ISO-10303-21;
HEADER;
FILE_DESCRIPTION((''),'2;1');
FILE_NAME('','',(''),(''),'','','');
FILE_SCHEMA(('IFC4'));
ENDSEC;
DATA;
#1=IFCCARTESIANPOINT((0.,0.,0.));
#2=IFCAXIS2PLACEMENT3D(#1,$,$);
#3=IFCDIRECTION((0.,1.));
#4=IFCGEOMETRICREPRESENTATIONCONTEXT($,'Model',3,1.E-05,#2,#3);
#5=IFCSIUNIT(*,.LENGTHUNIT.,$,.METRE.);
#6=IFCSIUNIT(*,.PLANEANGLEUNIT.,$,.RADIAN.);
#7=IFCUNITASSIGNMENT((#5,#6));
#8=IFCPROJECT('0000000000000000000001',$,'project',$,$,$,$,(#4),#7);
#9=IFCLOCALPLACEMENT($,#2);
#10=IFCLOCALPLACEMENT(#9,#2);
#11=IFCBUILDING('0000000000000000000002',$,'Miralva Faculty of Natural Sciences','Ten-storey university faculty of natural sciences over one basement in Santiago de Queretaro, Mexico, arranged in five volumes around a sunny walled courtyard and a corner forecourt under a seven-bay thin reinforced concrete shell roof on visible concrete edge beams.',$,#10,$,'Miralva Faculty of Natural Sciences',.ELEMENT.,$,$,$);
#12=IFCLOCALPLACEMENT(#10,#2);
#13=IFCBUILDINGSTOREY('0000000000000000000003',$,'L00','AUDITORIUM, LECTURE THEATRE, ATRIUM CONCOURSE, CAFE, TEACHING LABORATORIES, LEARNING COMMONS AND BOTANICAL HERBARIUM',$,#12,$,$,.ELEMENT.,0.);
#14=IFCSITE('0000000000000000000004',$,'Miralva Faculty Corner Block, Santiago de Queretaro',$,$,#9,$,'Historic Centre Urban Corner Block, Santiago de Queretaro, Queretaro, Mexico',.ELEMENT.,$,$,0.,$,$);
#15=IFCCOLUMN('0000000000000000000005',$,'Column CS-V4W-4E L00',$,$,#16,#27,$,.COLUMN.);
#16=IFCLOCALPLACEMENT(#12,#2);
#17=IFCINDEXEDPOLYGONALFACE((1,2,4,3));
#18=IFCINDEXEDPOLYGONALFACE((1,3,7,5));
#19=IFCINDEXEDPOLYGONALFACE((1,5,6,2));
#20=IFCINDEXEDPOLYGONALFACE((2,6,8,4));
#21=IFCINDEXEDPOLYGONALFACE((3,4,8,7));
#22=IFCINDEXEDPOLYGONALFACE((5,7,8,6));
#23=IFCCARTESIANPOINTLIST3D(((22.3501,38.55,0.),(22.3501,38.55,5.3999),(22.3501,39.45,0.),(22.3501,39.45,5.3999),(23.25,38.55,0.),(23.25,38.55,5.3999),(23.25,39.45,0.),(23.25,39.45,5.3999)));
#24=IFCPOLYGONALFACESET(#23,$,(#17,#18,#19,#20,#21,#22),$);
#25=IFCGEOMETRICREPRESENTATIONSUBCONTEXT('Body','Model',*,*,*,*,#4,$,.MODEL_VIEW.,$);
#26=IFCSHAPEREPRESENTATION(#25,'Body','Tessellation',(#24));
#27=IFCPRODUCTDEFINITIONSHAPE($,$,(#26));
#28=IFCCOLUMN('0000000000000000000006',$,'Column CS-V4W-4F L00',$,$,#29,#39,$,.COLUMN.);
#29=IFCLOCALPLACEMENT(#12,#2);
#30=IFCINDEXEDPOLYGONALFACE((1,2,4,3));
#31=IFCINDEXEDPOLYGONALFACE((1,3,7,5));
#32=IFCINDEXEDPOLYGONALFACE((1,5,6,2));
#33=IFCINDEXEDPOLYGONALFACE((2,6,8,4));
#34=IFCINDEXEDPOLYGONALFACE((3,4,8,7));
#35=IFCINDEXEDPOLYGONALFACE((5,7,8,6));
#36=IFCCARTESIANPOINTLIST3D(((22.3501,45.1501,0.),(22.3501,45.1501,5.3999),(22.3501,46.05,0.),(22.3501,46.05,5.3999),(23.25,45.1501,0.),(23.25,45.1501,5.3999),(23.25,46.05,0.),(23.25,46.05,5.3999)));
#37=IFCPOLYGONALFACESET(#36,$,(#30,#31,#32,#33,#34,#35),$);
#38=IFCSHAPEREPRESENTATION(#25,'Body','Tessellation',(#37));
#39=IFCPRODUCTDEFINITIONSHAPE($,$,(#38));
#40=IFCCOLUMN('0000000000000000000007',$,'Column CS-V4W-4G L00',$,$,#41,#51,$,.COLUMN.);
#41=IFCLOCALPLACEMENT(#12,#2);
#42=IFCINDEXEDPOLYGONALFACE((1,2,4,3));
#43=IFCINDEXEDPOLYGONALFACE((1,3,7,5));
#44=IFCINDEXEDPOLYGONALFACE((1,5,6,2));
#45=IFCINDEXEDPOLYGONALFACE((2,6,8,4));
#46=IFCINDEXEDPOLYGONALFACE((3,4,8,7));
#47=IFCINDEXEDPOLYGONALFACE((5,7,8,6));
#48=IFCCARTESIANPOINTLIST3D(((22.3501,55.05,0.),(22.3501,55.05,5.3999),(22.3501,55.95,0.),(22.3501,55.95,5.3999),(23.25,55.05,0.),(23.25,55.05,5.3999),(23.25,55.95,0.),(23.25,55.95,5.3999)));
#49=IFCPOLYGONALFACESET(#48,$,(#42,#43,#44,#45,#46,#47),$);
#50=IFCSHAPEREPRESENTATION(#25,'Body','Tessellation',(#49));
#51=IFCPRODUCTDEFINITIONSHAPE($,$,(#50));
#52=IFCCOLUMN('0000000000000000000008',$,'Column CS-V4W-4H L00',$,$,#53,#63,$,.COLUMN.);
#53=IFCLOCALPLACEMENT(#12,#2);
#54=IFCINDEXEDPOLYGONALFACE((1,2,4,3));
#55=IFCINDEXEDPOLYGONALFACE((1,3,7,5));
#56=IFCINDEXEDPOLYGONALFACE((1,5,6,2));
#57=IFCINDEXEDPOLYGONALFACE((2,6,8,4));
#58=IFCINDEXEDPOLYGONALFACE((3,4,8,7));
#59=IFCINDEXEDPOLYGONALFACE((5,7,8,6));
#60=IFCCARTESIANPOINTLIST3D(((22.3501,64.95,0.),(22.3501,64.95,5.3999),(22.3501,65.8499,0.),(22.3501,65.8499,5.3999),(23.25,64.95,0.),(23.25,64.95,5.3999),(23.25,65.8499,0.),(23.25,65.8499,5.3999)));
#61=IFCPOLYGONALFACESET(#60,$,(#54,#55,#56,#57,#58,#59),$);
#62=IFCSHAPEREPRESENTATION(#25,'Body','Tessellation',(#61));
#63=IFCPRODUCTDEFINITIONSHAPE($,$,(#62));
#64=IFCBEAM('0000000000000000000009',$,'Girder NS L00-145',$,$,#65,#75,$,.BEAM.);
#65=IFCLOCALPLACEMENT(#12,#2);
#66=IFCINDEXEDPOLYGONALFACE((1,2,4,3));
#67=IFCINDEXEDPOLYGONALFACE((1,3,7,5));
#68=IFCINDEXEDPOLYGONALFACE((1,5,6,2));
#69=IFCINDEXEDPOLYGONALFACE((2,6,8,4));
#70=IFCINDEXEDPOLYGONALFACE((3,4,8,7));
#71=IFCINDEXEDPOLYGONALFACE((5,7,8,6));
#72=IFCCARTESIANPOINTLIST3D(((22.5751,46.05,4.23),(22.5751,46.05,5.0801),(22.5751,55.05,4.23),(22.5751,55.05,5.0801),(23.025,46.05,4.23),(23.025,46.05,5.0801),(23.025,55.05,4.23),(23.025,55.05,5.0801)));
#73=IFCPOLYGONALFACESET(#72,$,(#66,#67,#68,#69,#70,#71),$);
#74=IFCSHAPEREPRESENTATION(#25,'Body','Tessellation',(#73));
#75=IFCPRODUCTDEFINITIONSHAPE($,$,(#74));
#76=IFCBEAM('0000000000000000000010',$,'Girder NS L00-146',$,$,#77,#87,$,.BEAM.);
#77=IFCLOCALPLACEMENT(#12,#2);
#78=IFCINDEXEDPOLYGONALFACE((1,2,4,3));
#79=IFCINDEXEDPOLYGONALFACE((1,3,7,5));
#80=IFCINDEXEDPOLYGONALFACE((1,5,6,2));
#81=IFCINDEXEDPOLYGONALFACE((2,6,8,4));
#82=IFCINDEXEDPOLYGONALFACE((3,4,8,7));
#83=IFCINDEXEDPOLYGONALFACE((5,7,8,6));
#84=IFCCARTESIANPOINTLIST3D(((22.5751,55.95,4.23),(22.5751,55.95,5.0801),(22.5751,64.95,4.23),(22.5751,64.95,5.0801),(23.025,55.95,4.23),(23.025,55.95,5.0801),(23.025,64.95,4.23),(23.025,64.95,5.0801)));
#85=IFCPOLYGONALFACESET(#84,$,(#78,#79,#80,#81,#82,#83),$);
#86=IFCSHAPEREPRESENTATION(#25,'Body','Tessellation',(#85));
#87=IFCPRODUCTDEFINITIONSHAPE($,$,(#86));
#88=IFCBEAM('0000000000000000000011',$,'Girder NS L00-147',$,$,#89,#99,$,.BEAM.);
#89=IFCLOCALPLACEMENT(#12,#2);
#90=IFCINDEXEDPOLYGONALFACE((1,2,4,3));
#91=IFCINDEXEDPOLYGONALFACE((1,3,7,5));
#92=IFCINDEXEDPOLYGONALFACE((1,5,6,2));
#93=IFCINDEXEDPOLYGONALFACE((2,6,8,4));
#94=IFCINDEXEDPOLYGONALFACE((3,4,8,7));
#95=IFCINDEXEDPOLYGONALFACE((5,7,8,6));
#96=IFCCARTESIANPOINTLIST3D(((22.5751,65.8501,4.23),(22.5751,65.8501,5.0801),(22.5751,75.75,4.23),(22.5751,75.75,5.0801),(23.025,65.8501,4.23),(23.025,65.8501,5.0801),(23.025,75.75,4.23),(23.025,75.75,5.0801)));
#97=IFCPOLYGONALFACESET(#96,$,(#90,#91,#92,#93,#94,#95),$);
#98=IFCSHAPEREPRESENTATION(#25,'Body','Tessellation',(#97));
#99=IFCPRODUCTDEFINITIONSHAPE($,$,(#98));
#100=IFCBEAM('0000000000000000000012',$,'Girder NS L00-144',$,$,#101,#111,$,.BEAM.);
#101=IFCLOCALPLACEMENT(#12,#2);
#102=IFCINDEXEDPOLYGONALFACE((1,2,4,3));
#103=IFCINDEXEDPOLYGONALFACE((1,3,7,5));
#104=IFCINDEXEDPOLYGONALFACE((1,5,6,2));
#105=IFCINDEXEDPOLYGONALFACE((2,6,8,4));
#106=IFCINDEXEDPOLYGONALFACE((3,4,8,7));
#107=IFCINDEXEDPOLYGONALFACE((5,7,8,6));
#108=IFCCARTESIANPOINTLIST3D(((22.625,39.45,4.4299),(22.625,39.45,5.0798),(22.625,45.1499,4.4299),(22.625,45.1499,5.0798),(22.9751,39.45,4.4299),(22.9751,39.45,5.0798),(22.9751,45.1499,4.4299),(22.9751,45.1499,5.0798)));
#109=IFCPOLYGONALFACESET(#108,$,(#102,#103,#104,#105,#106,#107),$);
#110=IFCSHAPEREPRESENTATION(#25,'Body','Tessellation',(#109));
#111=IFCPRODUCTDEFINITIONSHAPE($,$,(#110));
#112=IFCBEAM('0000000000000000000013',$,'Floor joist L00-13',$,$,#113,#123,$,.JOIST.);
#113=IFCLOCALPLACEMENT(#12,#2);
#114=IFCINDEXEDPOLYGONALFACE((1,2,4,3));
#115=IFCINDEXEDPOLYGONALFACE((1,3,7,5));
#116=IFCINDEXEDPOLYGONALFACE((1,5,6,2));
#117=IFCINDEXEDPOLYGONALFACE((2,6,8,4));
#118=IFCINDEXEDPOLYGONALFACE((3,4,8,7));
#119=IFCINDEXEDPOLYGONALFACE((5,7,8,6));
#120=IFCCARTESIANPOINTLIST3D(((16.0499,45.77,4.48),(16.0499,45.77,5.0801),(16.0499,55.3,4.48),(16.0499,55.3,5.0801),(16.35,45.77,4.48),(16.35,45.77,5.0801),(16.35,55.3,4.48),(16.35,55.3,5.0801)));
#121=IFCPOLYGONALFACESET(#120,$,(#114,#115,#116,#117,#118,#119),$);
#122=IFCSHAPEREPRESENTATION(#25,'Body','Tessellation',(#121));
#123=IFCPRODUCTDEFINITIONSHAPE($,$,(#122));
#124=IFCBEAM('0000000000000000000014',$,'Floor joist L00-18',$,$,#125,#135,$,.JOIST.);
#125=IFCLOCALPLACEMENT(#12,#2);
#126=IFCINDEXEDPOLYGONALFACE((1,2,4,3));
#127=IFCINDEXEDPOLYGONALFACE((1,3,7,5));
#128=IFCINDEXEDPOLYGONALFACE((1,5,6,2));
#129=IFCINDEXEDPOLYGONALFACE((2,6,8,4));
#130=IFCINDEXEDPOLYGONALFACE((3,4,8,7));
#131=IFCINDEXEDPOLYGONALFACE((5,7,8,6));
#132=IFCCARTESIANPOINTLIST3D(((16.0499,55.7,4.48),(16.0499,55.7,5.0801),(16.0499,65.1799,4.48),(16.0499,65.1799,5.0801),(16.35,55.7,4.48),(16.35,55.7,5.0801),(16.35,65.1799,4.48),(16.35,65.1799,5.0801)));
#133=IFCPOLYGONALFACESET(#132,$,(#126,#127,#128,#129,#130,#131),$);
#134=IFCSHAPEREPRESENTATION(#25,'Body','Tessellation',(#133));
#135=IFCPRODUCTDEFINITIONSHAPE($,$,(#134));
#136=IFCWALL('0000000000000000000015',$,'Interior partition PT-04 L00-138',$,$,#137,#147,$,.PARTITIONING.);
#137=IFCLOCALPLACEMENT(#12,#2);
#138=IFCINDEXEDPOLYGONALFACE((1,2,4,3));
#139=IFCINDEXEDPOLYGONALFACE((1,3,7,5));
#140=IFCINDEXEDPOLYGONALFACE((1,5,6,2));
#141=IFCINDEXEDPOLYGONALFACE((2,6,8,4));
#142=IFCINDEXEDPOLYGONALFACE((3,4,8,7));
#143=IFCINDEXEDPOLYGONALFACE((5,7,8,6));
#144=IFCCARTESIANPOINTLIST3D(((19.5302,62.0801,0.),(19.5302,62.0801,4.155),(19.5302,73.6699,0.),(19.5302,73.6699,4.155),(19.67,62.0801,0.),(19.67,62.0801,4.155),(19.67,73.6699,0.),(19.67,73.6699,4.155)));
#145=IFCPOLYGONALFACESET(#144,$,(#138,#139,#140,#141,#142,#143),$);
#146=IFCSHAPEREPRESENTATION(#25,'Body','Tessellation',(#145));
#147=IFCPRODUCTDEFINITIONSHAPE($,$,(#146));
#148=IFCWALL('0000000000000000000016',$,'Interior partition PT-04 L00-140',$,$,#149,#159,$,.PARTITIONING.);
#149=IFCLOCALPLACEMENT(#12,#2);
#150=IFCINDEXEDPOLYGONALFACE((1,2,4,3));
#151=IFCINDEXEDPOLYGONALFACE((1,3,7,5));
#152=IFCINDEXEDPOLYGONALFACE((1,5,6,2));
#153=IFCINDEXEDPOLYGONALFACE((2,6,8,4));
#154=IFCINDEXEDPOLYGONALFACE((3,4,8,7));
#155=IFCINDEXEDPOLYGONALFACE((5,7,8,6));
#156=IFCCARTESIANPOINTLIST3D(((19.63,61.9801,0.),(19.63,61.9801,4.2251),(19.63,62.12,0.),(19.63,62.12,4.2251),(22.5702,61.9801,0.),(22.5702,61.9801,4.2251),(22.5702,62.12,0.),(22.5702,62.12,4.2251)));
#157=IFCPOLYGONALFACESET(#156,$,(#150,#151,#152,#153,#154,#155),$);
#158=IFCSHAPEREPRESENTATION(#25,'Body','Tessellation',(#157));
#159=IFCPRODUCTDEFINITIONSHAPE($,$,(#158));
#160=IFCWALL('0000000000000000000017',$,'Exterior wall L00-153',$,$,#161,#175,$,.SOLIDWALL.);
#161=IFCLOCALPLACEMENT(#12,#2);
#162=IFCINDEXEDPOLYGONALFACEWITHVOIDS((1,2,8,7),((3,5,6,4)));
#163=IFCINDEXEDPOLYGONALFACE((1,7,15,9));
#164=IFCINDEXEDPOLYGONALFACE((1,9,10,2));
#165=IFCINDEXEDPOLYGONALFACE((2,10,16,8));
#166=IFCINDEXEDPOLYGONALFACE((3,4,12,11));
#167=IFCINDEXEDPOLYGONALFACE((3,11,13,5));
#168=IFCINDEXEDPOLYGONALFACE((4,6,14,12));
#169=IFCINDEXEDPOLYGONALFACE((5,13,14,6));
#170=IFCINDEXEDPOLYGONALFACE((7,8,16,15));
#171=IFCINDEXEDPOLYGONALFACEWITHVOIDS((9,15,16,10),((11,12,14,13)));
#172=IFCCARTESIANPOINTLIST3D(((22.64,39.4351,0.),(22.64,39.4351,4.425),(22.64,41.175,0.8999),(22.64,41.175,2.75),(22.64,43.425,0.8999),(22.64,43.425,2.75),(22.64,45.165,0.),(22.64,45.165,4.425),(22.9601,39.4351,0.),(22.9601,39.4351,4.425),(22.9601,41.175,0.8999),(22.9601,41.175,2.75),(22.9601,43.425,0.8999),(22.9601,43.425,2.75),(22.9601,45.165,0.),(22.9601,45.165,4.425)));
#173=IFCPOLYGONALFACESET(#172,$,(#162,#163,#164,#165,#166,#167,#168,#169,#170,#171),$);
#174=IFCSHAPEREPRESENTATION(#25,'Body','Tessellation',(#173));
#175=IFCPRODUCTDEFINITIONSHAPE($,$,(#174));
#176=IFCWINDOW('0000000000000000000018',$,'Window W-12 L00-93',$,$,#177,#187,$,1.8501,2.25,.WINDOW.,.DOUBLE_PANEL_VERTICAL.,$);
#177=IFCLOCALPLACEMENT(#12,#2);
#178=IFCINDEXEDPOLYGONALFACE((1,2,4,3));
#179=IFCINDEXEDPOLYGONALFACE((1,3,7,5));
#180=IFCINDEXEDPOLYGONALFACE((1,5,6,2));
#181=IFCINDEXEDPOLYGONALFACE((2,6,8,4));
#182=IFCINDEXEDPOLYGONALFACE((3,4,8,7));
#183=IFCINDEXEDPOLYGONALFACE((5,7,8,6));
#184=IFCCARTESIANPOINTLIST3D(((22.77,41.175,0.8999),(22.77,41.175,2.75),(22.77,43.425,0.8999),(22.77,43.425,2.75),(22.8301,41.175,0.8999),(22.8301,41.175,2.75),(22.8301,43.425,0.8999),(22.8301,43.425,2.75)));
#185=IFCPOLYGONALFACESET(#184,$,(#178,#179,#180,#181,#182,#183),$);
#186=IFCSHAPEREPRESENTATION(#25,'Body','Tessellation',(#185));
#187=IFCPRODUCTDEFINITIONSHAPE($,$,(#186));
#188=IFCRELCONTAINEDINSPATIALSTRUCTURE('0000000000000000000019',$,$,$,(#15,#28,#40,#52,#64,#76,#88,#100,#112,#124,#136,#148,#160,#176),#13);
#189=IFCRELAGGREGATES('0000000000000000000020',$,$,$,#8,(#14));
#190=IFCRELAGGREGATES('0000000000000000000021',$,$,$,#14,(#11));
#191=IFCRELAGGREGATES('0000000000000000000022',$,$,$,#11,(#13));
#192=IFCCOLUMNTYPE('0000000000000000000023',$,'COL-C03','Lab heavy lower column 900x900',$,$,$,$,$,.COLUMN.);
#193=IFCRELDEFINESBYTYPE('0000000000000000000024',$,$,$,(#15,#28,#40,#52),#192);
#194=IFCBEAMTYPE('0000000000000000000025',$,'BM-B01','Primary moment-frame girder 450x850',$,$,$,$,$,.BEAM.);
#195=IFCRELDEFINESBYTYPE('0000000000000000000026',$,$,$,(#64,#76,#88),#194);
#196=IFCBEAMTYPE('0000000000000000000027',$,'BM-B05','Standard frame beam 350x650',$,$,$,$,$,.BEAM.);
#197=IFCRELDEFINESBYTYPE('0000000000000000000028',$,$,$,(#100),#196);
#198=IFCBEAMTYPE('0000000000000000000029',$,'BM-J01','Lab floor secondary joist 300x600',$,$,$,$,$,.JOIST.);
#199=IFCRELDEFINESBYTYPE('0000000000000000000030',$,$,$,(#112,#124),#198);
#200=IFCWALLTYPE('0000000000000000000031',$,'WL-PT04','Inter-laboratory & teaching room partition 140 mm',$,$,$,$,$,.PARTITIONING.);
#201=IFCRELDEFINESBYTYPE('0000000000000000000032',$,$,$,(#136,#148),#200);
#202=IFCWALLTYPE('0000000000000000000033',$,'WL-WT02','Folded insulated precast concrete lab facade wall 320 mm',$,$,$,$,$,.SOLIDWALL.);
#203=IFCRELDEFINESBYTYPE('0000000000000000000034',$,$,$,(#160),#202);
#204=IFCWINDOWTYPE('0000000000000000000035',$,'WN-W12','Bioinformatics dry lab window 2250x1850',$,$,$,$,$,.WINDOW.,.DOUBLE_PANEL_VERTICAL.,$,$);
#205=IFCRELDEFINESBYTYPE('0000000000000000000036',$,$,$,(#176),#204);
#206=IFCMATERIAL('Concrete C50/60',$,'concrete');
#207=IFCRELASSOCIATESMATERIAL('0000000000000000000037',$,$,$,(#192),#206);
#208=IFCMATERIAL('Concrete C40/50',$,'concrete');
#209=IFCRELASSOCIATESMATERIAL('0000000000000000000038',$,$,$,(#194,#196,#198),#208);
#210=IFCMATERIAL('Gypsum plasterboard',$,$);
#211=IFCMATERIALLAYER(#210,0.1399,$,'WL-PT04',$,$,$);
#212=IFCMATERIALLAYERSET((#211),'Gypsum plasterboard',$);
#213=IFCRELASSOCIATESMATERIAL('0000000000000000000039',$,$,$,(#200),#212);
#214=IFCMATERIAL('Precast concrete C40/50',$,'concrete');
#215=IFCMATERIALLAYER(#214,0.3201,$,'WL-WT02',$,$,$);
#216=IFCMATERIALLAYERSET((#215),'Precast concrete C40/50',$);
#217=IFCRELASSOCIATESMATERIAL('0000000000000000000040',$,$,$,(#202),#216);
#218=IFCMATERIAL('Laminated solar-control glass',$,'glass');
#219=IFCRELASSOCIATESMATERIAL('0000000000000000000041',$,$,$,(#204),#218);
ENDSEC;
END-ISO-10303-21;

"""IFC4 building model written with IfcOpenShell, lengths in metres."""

from ifc_helpers import new_model, si_unit, direction, frame, frame_2d, origin, origin_2d, place, context, subcontext, project, spatial, rectangle, extrude, material, layer, layer_set, material_profile, profile_set, type_object, element, fill, save


model = new_model("IFC4")

# Units and contexts
model_context = context("Model", 3, precision=1e-05, world=origin(), true_north=direction((0.0, 1.0)))
body_context = subcontext(model_context, "Body", "Model", "MODEL_VIEW")
ifc_project = project(units=[si_unit("LENGTHUNIT", "METRE"), si_unit("PLANEANGLEUNIT", "RADIAN")], contexts=[model_context])

# Site, building, storey
site_placement = place(None, origin())
site = spatial("IfcSite", under=ifc_project, at=site_placement, Name="Miralva Faculty Corner Block, Santiago de Queretaro", LongName="Historic Centre Urban Corner Block, Santiago de Queretaro, Queretaro, Mexico", CompositionType="ELEMENT", RefElevation=0.0)
building_placement = place(site_placement, origin())
building = spatial("IfcBuilding", under=site, at=building_placement, Name="Miralva Faculty of Natural Sciences", Description="Ten-storey university faculty of natural sciences over one basement in Santiago de Queretaro, Mexico, arranged in five volumes around a sunny walled courtyard and a corner forecourt under a seven-bay thin reinforced concrete shell roof on visible concrete edge beams.", LongName="Miralva Faculty of Natural Sciences", CompositionType="ELEMENT")
storey_placement = place(building_placement, origin())
storey = spatial("IfcBuildingStorey", under=building, at=storey_placement, Name="L00", Description="AUDITORIUM, LECTURE THEATRE, ATRIUM CONCOURSE, CAFE, TEACHING LABORATORIES, LEARNING COMMONS AND BOTANICAL HERBARIUM", CompositionType="ELEMENT", Elevation=0.0)

# Columns
ifc_material_1 = material(Name="Concrete C50/60", Category="concrete")
ifc_material_profile_1 = material_profile(ifc_material_1, rectangle(XDim=0.8999, YDim=0.8999, at=origin_2d()), Name="RC 900x900")
ifc_profile_set_1 = profile_set([ifc_material_profile_1], Name="Concrete C50/60")
column_type = type_object("IfcColumnType", Name="COL-C03", Description="Lab heavy lower column 900x900", PredefinedType="COLUMN", material=ifc_profile_set_1)
for number, where, z_axis, x_axis, name in (
    (1, (22.8, 39.0, 0.0), (0.0, 0.0, 1.0), (1.0, 0.0, 0.0), "Column CS-V4W-4E L00"),
    (2, (22.8, 45.6001, 0.0), (0.0, 0.0, 1.0), (1.0, 0.0, 0.0), "Column CS-V4W-4F L00"),
    (3, (22.8, 55.5, 0.0), (0.0, 0.0, 1.0), (1.0, 0.0, 0.0), "Column CS-V4W-4G L00"),
    (4, (22.8, 65.3999, 0.0), (0.0, 0.0, 1.0), (1.0, 0.0, 0.0), "Column CS-V4W-4H L00"),
):
    element("IfcColumn", number, at=place(storey_placement, frame(where, z_axis=z_axis, x_axis=x_axis)), inside=storey, type_object=column_type, Name=name, PredefinedType="COLUMN", context=body_context, shape_type="SweptSolid", body=[
        extrude(rectangle(XDim=0.8999, YDim=0.8999, at=origin_2d()), origin(), (0.0, 0.0, 1.0), 5.3999),
    ])

# Beams
ifc_material_2 = material(Name="Concrete C40/50", Category="concrete")
ifc_material_profile_2 = material_profile(ifc_material_2, rectangle(XDim=0.45, YDim=0.8501, at=origin_2d()), Name="RC 450x850")
ifc_profile_set_2 = profile_set([ifc_material_profile_2], Name="Concrete C40/50")
beam_type_1 = type_object("IfcBeamType", Name="BM-B01", Description="Primary moment-frame girder 450x850", PredefinedType="BEAM", material=ifc_profile_set_2)
for number, where, z_axis, x_axis, name in (
    (5, (22.8, 46.05, 4.655), (0.0, 1.0, 0.0), (-1.0, 0.0, 0.0), "Girder NS L00-145"),
    (6, (22.8, 55.95, 4.655), (0.0, 1.0, 0.0), (-1.0, 0.0, 0.0), "Girder NS L00-146"),
):
    element("IfcBeam", number, at=place(storey_placement, frame(where, z_axis=z_axis, x_axis=x_axis)), inside=storey, type_object=beam_type_1, Name=name, PredefinedType="BEAM", context=body_context, shape_type="SweptSolid", body=[
        extrude(rectangle(XDim=0.45, YDim=0.8501, at=origin_2d()), origin(), (0.0, 0.0, 1.0), 9.0),
    ])
beam_1_placement = place(storey_placement, frame((22.8, 65.8501, 4.655), z_axis=(0.0, 1.0, 0.0), x_axis=(-1.0, 0.0, 0.0)))
element("IfcBeam", 7, at=beam_1_placement, inside=storey, type_object=beam_type_1, Name="Girder NS L00-147", PredefinedType="BEAM", context=body_context, shape_type="SweptSolid", body=[
    extrude(rectangle(XDim=0.45, YDim=0.8501, at=origin_2d()), origin(), (0.0, 0.0, 1.0), 9.8999),
])
ifc_material_profile_3 = material_profile(ifc_material_2, rectangle(XDim=0.3501, YDim=0.6499, at=origin_2d()), Name="RC 350x650")
ifc_profile_set_3 = profile_set([ifc_material_profile_3], Name="Concrete C40/50")
beam_type_2 = type_object("IfcBeamType", Name="BM-B05", Description="Standard frame beam 350x650", PredefinedType="BEAM", material=ifc_profile_set_3)
beam_2_placement = place(storey_placement, frame((22.8, 39.45, 4.7549), z_axis=(0.0, 1.0, 0.0), x_axis=(-1.0, 0.0, 0.0)))
element("IfcBeam", 8, at=beam_2_placement, inside=storey, type_object=beam_type_2, Name="Girder NS L00-144", PredefinedType="BEAM", context=body_context, shape_type="SweptSolid", body=[
    extrude(rectangle(XDim=0.3501, YDim=0.6499, at=origin_2d()), origin(), (0.0, 0.0, 1.0), 5.7),
])
ifc_material_profile_4 = material_profile(ifc_material_2, rectangle(XDim=0.3, YDim=0.6001, at=origin_2d()), Name="RC 300x600")
ifc_profile_set_4 = profile_set([ifc_material_profile_4], Name="Concrete C40/50")
beam_type_3 = type_object("IfcBeamType", Name="BM-J01", Description="Lab floor secondary joist 300x600", PredefinedType="JOIST", material=ifc_profile_set_4)
beam_3_placement = place(storey_placement, frame((16.2, 45.77, 4.78), z_axis=(0.0, 1.0, 0.0), x_axis=(-1.0, 0.0, 0.0)))
element("IfcBeam", 9, at=beam_3_placement, inside=storey, type_object=beam_type_3, Name="Floor joist L00-13", PredefinedType="JOIST", context=body_context, shape_type="SweptSolid", body=[
    extrude(rectangle(XDim=0.3, YDim=0.6001, at=origin_2d()), origin(), (0.0, 0.0, 1.0), 9.53),
])
beam_4_placement = place(storey_placement, frame((16.2, 55.7, 4.78), z_axis=(0.0, 1.0, 0.0), x_axis=(-1.0, 0.0, 0.0)))
element("IfcBeam", 10, at=beam_4_placement, inside=storey, type_object=beam_type_3, Name="Floor joist L00-18", PredefinedType="JOIST", context=body_context, shape_type="SweptSolid", body=[
    extrude(rectangle(XDim=0.3, YDim=0.6001, at=origin_2d()), origin(), (0.0, 0.0, 1.0), 9.48),
])

# Walls
ifc_material_3 = material(Name="Gypsum plasterboard")
ifc_layer_1 = layer(ifc_material_3, 0.1399, Name="WL-PT04")
ifc_layer_set_1 = layer_set([ifc_layer_1], Name="Gypsum plasterboard")
wall_type_1 = type_object("IfcWallType", Name="WL-PT04", Description="Inter-laboratory & teaching room partition 140 mm", PredefinedType="PARTITIONING", material=ifc_layer_set_1)
wall_1_placement = place(storey_placement, frame((19.6001, 62.0801, 0.0), z_axis=(0.0, 0.0, 1.0), x_axis=(0.0, 1.0, 0.0)))
element("IfcWall", 11, at=wall_1_placement, inside=storey, type_object=wall_type_1, Name="Interior partition PT-04 L00-138", PredefinedType="PARTITIONING", context=body_context, shape_type="SweptSolid", body=[
    extrude(rectangle(XDim=11.5898, YDim=0.1399, at=frame_2d((5.7949, 0.0))), origin(), (0.0, 0.0, 1.0), 4.155),
])
wall_2_placement = place(storey_placement, frame((19.6299, 62.05, 0.0), z_axis=(0.0, 0.0, 1.0), x_axis=(1.0, 0.0, 0.0)))
element("IfcWall", 12, at=wall_2_placement, inside=storey, type_object=wall_type_1, Name="Interior partition PT-04 L00-140", PredefinedType="PARTITIONING", context=body_context, shape_type="SweptSolid", body=[
    extrude(rectangle(XDim=2.9402, YDim=0.1399, at=frame_2d((1.4702, 0.0))), origin(), (0.0, 0.0, 1.0), 4.2251),
])

# Wall, opening, window
ifc_material_4 = material(Name="Precast concrete C40/50", Category="concrete")
ifc_layer_2 = layer(ifc_material_4, 0.3201, Name="WL-WT02")
ifc_layer_set_2 = layer_set([ifc_layer_2], Name="Precast concrete C40/50")
wall_type_2 = type_object("IfcWallType", Name="WL-WT02", Description="Folded insulated precast concrete lab facade wall 320 mm", PredefinedType="SOLIDWALL", material=ifc_layer_set_2)
wall_3_placement = place(storey_placement, frame((22.8, 39.4351, 0.0), z_axis=(0.0, 0.0, 1.0), x_axis=(0.0, 1.0, 0.0)))
wall_3 = element("IfcWall", 13, at=wall_3_placement, inside=storey, type_object=wall_type_2, Name="Exterior wall L00-153", PredefinedType="SOLIDWALL", context=body_context, shape_type="SweptSolid", body=[
    extrude(rectangle(XDim=5.73, YDim=0.3201, at=frame_2d((2.865, 0.0))), origin(), (0.0, 0.0, 1.0), 4.425),
])
opening_1_placement = place(wall_3_placement, frame((1.74, 0.0, 0.8999)))
opening_1 = element("IfcOpeningElement", 14, at=opening_1_placement, cuts=wall_3, PredefinedType="OPENING", context=body_context, shape_type="SweptSolid", body=[
    extrude(rectangle(XDim=2.25, YDim=1.8501, at=frame_2d((1.125, 0.925))), frame((0.0, 0.1699, 0.0), z_axis=(0.0, -1.0, 0.0), x_axis=(1.0, 0.0, 0.0)), (0.0, 0.0, 1.0), 0.3401),
])
ifc_material_5 = material(Name="Laminated solar-control glass", Category="glass")
window_type_1 = type_object("IfcWindowType", Name="WN-W12", Description="Bioinformatics dry lab window 2250x1850", PartitioningType="DOUBLE_PANEL_VERTICAL", PredefinedType="WINDOW", material=ifc_material_5)
window_1_placement = place(opening_1_placement, frame((2.25, 0.0, 0.0), z_axis=(0.0, 0.0, 1.0), x_axis=(-1.0, 0.0, 0.0)))
window_1 = element("IfcWindow", 15, at=window_1_placement, inside=storey, type_object=window_type_1, Name="Window W-12 L00-93", OverallHeight=1.8501, OverallWidth=2.25, PartitioningType="DOUBLE_PANEL_VERTICAL", PredefinedType="WINDOW", context=body_context, shape_type="SweptSolid", body=[
    extrude(rectangle(XDim=2.25, YDim=1.8501, at=frame_2d((1.125, 0.925))), frame((0.0, 0.03, 0.0), z_axis=(0.0, -1.0, 0.0), x_axis=(1.0, 0.0, 0.0)), (0.0, 0.0, 1.0), 0.0601),
])
fill(opening_1, window_1)

save(model, "model.ifc")
